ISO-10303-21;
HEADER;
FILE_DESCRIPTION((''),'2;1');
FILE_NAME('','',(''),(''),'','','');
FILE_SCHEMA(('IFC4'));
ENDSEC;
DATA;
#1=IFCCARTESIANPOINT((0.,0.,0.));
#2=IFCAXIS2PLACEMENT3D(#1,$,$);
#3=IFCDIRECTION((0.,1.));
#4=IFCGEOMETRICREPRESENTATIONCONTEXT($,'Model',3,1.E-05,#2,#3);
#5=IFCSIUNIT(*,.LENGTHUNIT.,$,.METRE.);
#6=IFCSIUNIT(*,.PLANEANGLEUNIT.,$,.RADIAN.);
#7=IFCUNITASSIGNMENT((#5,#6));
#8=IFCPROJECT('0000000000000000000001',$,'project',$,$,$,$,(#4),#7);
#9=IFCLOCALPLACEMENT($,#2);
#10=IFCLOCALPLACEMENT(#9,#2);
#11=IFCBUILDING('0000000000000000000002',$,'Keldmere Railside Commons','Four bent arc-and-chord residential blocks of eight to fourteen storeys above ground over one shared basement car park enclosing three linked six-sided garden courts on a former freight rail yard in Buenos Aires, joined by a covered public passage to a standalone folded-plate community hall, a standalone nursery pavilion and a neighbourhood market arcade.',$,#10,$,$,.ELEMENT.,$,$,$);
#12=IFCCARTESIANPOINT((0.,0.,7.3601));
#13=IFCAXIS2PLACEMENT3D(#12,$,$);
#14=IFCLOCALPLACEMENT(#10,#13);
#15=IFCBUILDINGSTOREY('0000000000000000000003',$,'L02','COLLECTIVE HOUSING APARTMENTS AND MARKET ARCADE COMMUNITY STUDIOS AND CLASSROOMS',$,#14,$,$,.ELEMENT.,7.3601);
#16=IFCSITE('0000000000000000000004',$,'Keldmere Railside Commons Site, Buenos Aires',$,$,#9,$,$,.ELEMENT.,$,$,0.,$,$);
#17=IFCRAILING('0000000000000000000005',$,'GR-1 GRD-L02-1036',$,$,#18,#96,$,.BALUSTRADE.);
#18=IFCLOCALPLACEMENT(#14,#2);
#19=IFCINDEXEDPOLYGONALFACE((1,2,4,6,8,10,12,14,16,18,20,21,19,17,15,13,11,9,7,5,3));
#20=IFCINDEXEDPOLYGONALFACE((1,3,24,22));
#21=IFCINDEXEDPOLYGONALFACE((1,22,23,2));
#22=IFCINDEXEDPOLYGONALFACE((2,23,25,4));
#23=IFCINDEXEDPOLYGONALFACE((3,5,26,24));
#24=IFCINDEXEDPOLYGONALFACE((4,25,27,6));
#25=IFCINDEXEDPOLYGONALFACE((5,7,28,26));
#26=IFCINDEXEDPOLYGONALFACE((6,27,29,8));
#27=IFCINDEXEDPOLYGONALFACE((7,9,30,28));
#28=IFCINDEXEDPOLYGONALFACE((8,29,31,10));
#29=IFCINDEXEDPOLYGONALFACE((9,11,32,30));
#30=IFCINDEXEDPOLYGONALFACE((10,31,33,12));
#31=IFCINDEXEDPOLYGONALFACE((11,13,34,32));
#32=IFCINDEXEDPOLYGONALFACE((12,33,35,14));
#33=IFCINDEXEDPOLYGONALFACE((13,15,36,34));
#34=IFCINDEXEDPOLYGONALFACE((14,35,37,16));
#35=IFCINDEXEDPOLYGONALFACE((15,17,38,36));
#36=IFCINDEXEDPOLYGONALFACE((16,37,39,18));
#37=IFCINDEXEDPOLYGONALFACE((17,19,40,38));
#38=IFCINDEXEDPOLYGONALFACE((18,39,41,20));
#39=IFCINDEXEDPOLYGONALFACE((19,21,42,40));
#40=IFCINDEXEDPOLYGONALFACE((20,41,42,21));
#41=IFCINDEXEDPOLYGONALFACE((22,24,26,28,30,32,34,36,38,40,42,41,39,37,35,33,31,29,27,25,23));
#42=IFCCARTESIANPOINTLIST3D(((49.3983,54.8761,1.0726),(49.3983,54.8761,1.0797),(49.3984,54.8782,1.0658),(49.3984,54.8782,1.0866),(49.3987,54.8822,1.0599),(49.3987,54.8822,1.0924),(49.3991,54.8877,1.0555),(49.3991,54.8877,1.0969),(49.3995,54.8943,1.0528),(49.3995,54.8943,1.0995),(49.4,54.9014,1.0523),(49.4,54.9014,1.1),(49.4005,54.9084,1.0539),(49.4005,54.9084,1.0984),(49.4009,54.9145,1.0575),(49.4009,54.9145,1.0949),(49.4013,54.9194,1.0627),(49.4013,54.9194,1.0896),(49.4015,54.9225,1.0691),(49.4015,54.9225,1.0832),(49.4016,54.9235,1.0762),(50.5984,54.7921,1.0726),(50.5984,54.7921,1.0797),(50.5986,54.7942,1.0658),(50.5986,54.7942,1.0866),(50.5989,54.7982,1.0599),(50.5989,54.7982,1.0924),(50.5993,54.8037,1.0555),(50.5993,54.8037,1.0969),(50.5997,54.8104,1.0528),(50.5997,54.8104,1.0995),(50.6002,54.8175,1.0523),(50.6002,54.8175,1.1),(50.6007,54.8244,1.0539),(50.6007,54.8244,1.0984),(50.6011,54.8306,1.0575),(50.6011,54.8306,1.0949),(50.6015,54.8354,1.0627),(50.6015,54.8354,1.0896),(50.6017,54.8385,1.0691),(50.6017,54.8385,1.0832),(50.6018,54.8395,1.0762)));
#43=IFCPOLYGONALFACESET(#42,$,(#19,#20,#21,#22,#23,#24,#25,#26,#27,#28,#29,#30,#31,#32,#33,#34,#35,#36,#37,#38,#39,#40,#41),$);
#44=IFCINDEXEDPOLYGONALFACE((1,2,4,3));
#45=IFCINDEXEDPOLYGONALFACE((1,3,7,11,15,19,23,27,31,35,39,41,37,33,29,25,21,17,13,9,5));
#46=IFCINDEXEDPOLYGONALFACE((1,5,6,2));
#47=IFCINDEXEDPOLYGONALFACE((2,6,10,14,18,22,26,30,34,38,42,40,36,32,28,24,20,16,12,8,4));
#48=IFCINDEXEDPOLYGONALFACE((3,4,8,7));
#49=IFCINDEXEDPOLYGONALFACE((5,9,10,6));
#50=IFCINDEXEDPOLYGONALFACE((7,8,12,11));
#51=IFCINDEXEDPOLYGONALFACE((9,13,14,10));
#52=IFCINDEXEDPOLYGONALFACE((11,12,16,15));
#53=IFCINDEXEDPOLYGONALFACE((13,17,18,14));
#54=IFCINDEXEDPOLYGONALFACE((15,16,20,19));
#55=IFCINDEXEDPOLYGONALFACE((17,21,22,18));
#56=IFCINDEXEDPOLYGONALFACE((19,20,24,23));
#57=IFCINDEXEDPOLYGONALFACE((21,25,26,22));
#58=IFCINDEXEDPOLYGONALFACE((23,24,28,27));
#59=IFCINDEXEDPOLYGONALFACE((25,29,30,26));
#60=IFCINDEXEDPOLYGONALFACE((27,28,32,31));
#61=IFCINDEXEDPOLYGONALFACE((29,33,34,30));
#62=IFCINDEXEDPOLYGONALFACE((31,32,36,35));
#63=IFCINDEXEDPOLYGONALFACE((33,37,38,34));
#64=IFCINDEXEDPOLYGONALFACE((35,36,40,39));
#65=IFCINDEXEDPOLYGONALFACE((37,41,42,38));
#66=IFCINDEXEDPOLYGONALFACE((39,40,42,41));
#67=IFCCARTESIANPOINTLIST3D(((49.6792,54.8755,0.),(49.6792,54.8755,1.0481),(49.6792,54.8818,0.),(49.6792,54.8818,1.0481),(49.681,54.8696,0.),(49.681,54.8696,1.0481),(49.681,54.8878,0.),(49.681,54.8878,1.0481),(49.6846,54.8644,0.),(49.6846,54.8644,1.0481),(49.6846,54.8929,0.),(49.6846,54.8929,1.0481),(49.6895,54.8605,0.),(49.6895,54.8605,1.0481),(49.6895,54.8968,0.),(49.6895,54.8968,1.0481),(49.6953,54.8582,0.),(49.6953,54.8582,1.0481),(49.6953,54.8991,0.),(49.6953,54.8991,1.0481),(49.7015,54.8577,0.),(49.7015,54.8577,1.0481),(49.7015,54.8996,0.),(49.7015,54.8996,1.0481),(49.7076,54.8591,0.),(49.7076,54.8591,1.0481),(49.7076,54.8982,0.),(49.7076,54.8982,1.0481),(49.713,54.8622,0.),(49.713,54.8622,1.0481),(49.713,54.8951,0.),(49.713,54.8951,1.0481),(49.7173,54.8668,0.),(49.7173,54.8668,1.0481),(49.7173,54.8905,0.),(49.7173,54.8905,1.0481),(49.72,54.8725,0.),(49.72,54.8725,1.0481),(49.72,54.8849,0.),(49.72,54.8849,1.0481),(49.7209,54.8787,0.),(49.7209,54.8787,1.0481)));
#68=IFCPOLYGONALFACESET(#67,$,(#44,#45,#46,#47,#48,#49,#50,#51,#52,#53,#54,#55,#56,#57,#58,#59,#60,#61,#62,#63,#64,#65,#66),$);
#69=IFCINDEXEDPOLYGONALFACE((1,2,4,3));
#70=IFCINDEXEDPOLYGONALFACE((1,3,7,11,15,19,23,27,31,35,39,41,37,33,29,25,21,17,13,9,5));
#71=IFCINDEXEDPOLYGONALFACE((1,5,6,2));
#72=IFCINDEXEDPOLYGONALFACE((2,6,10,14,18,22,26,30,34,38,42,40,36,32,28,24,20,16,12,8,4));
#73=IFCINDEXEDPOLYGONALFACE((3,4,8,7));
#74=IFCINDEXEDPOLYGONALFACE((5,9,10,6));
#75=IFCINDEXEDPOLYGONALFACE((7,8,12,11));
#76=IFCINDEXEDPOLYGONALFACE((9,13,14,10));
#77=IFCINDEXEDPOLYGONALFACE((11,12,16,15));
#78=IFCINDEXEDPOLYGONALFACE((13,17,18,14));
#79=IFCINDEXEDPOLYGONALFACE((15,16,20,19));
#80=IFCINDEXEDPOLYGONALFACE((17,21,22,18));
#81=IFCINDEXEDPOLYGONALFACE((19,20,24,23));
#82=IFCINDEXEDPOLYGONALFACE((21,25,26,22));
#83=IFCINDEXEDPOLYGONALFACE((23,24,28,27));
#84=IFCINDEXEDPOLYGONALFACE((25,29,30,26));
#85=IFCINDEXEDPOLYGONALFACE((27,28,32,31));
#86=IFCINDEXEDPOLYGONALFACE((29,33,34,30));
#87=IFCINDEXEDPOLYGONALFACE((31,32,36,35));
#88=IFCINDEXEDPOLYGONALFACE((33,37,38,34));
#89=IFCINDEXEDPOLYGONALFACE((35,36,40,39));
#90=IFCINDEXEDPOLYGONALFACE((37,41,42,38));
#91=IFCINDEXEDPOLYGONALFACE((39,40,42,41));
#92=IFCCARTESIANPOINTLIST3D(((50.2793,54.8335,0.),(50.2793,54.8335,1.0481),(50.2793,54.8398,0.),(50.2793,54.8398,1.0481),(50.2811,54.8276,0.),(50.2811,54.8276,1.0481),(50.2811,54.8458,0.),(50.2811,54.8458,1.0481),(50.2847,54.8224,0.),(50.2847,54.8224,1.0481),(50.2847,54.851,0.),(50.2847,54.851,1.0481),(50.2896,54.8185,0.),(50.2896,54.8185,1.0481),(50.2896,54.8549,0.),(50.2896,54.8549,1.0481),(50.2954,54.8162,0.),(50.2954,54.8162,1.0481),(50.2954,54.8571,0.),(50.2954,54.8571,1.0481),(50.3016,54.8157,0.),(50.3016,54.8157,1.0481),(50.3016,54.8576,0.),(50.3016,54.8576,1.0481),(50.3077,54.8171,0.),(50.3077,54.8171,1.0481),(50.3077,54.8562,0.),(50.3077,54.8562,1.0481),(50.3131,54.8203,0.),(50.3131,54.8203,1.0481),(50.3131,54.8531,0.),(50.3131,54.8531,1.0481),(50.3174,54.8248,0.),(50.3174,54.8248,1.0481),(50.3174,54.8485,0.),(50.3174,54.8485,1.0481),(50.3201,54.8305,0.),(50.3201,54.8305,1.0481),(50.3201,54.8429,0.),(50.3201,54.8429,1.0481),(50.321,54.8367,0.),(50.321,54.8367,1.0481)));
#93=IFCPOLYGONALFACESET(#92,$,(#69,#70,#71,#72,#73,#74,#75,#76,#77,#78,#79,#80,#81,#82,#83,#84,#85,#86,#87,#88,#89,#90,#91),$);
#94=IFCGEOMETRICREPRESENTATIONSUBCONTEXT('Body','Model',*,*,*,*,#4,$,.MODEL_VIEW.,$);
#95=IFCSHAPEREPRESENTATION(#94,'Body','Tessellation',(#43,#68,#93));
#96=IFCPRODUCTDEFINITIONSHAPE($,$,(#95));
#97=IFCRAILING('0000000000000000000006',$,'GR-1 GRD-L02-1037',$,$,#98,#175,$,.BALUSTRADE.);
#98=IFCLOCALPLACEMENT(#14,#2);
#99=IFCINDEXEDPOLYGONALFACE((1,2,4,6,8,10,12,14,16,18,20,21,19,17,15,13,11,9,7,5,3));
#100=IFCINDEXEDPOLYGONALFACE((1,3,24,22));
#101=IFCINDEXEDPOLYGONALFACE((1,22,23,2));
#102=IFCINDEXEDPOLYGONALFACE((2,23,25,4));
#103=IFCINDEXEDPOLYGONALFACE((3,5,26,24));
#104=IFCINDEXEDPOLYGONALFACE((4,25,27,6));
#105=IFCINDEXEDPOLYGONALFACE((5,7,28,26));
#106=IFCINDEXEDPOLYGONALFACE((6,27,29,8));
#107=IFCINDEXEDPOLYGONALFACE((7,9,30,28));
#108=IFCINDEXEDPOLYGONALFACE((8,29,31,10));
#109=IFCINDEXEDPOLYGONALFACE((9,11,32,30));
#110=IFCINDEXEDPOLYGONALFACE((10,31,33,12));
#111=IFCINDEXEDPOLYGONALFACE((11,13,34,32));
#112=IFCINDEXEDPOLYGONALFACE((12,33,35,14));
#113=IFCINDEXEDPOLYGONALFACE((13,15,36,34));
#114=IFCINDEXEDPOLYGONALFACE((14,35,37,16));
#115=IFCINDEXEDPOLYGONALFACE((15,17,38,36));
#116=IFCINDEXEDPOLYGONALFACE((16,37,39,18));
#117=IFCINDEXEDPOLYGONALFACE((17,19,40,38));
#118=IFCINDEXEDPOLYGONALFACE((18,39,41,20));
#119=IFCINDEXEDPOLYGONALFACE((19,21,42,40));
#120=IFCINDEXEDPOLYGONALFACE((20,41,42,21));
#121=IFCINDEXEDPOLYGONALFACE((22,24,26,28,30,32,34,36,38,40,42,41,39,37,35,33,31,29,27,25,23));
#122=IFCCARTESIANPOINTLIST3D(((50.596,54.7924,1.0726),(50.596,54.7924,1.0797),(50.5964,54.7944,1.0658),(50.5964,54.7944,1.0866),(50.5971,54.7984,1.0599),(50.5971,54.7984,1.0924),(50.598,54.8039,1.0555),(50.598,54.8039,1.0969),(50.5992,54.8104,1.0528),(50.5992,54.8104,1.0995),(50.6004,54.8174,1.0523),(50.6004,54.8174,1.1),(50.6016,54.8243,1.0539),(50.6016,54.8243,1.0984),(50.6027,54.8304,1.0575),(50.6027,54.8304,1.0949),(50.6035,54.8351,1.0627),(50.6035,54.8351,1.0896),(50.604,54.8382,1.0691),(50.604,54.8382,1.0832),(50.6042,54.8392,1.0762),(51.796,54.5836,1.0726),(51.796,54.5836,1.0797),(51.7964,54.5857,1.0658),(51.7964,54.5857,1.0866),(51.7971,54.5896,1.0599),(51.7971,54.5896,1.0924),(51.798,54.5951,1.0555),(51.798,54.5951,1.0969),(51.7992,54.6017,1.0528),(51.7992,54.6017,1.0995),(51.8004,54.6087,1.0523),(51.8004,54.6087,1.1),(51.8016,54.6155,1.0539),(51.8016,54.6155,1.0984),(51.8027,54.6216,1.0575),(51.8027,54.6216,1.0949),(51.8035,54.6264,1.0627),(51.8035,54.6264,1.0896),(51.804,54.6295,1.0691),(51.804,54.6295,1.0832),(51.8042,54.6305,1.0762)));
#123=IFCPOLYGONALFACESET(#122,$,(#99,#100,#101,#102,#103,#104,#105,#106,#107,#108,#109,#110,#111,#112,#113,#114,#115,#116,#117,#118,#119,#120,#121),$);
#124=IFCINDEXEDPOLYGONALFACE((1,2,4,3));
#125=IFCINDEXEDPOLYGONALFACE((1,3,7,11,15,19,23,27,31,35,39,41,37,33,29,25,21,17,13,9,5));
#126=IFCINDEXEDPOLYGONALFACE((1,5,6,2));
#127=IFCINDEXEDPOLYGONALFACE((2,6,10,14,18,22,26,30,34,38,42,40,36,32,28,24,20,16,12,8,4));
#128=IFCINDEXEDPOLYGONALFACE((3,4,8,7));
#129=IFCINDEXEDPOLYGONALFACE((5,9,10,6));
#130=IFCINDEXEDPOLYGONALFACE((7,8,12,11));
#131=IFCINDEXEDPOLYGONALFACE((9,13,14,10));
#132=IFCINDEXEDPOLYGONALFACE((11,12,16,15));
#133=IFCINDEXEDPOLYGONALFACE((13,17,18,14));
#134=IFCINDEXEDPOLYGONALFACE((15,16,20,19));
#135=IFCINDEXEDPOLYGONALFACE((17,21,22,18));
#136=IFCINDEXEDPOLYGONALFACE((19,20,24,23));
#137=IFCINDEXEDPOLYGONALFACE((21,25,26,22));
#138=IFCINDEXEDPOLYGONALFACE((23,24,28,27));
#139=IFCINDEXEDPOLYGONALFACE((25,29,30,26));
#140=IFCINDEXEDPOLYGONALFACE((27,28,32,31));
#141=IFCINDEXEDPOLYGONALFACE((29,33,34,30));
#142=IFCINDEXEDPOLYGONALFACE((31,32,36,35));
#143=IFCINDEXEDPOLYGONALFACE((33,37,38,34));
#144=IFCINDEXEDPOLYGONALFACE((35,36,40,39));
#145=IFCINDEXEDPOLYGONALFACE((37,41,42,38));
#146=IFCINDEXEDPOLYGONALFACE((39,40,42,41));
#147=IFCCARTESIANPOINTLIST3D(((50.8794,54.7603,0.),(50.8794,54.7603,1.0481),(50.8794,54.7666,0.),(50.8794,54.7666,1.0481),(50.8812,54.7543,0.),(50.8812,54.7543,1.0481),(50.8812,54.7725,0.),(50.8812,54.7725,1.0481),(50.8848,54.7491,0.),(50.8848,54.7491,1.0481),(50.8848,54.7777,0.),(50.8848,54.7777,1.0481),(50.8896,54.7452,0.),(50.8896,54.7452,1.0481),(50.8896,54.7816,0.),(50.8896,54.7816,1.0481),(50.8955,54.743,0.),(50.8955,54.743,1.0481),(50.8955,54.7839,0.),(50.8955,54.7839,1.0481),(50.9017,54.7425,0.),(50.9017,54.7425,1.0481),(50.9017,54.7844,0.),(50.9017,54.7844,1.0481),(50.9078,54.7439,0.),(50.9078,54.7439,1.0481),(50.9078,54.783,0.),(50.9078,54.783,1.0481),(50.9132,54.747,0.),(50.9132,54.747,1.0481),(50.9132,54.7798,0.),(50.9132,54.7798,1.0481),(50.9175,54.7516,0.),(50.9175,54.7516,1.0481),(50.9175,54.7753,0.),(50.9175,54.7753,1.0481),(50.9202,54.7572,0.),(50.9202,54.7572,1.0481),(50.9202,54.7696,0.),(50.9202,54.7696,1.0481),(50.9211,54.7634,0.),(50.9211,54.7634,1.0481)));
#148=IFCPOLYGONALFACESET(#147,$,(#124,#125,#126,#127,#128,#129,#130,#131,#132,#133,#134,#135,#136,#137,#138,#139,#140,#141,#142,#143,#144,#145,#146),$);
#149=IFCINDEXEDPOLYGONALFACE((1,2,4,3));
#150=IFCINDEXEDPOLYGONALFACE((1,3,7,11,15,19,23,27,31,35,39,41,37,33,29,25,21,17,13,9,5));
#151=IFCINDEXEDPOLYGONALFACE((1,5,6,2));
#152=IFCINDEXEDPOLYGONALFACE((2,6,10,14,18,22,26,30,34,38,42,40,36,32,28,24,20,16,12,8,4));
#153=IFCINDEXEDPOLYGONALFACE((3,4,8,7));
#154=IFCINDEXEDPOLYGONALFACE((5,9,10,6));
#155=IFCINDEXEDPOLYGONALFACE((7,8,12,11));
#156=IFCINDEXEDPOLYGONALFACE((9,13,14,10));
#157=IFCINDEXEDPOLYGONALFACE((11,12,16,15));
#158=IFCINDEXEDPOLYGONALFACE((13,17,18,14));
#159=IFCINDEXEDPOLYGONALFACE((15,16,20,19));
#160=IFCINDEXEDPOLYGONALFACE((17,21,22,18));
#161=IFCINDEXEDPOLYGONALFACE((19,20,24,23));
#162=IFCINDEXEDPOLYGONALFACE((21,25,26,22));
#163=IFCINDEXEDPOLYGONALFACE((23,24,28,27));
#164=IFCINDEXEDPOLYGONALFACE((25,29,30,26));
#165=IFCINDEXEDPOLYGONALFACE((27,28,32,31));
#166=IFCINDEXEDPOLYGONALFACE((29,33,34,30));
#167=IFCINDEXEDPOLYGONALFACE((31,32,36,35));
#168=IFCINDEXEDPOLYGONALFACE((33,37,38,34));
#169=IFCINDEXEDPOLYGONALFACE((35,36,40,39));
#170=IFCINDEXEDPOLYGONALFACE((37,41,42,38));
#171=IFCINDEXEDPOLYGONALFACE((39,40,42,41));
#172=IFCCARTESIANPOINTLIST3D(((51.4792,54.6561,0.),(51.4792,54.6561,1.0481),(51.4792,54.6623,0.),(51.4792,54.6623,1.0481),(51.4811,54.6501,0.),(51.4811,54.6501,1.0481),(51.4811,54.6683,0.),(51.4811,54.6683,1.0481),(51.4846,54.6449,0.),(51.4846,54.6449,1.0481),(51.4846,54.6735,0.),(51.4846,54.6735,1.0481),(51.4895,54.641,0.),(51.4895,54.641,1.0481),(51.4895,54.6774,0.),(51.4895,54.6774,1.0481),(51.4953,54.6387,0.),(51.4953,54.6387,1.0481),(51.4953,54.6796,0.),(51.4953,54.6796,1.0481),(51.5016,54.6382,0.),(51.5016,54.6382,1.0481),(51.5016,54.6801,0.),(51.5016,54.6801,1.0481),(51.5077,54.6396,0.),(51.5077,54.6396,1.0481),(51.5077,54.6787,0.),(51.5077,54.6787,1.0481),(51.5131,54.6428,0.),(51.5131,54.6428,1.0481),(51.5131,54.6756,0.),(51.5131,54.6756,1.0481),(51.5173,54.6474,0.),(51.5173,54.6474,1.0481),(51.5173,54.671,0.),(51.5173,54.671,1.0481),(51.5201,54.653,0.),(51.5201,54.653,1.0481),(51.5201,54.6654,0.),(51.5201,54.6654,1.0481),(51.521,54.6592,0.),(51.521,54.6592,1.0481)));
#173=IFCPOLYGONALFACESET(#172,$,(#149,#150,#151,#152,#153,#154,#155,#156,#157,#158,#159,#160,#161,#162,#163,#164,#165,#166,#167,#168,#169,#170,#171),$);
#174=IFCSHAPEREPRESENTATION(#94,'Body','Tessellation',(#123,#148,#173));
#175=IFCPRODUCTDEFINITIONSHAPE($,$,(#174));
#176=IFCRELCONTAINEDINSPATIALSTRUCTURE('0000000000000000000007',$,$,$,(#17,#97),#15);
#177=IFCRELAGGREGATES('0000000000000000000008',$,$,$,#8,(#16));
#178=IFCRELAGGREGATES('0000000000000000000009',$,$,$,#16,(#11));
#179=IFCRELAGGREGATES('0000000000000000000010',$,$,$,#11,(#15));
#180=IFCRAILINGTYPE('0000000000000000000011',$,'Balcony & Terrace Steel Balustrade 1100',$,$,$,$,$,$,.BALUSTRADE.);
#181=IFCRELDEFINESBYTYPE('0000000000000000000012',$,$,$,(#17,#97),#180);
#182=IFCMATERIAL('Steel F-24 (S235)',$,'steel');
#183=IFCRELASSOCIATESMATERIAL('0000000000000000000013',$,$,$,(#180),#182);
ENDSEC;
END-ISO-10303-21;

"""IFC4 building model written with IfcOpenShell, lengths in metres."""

from ifc_helpers import new_model, si_unit, direction, frame, origin, origin_2d, place, context, subcontext, project, spatial, circle, extrude, material, type_object, element, save


model = new_model("IFC4")

# Units and contexts
model_context = context("Model", 3, precision=1e-05, world=origin(), true_north=direction((0.0, 1.0)))
body_context = subcontext(model_context, "Body", "Model", "MODEL_VIEW")
ifc_project = project(units=[si_unit("LENGTHUNIT", "METRE"), si_unit("PLANEANGLEUNIT", "RADIAN")], contexts=[model_context])

# Site, building, storey
site_placement = place(None, origin())
site = spatial("IfcSite", under=ifc_project, at=site_placement, Name="Keldmere Railside Commons Site, Buenos Aires", CompositionType="ELEMENT", RefElevation=0.0)
building_placement = place(site_placement, origin())
building = spatial("IfcBuilding", under=site, at=building_placement, Name="Keldmere Railside Commons", Description="Four bent arc-and-chord residential blocks of eight to fourteen storeys above ground over one shared basement car park enclosing three linked six-sided garden courts on a former freight rail yard in Buenos Aires, joined by a covered public passage to a standalone folded-plate community hall, a standalone nursery pavilion and a neighbourhood market arcade.", CompositionType="ELEMENT")
storey_placement = place(building_placement, frame((0.0, 0.0, 7.3601)))
storey = spatial("IfcBuildingStorey", under=building, at=storey_placement, Name="L02", Description="COLLECTIVE HOUSING APARTMENTS AND MARKET ARCADE COMMUNITY STUDIOS AND CLASSROOMS", CompositionType="ELEMENT", Elevation=7.3601)

# Shared definitions
ifc_material_1 = material(Name="Steel F-24 (S235)", Category="steel")

# Railings
railing_type = type_object("IfcRailingType", Name="Balcony & Terrace Steel Balustrade 1100", PredefinedType="BALUSTRADE", material=ifc_material_1)
railing_1_placement = place(storey_placement, frame((49.3999, 54.8997, 0.0)))
element("IfcRailing", 1, at=railing_1_placement, inside=storey, type_object=railing_type, Name="GR-1 GRD-L02-1036", PredefinedType="BALUSTRADE", context=body_context, shape_type="SweptSolid", body=[
    extrude(circle(Radius=0.0239, at=origin_2d()), frame((0.0, 0.0, 1.0762), z_axis=(0.997561, -0.069805, 0.0), x_axis=(0.069805, 0.997561, 0.0)), (0.0, 0.0, 1.0), 1.2031),
    extrude(circle(Radius=0.021, at=origin_2d()), frame((0.3, -0.021, 0.0)), (0.0, 0.0, 1.0), 1.0481),
    extrude(circle(Radius=0.021, at=origin_2d()), frame((0.9001, -0.063, 0.0)), (0.0, 0.0, 1.0), 1.0481),
])
railing_2_placement = place(storey_placement, frame((50.6001, 54.8157, 0.0)))
element("IfcRailing", 2, at=railing_2_placement, inside=storey, type_object=railing_type, Name="GR-1 GRD-L02-1037", PredefinedType="BALUSTRADE", context=body_context, shape_type="SweptSolid", body=[
    extrude(circle(Radius=0.0239, at=origin_2d()), frame((0.0, 0.0, 1.0762), z_axis=(0.985204, -0.171383, 0.0), x_axis=(0.171383, 0.985204, 0.0)), (0.0, 0.0, 1.0), 1.218),
    extrude(circle(Radius=0.021, at=origin_2d()), frame((0.3, -0.0522, 0.0)), (0.0, 0.0, 1.0), 1.0481),
    extrude(circle(Radius=0.021, at=origin_2d()), frame((0.8999, -0.1565, 0.0)), (0.0, 0.0, 1.0), 1.0481),
])

save(model, "model.ifc")
